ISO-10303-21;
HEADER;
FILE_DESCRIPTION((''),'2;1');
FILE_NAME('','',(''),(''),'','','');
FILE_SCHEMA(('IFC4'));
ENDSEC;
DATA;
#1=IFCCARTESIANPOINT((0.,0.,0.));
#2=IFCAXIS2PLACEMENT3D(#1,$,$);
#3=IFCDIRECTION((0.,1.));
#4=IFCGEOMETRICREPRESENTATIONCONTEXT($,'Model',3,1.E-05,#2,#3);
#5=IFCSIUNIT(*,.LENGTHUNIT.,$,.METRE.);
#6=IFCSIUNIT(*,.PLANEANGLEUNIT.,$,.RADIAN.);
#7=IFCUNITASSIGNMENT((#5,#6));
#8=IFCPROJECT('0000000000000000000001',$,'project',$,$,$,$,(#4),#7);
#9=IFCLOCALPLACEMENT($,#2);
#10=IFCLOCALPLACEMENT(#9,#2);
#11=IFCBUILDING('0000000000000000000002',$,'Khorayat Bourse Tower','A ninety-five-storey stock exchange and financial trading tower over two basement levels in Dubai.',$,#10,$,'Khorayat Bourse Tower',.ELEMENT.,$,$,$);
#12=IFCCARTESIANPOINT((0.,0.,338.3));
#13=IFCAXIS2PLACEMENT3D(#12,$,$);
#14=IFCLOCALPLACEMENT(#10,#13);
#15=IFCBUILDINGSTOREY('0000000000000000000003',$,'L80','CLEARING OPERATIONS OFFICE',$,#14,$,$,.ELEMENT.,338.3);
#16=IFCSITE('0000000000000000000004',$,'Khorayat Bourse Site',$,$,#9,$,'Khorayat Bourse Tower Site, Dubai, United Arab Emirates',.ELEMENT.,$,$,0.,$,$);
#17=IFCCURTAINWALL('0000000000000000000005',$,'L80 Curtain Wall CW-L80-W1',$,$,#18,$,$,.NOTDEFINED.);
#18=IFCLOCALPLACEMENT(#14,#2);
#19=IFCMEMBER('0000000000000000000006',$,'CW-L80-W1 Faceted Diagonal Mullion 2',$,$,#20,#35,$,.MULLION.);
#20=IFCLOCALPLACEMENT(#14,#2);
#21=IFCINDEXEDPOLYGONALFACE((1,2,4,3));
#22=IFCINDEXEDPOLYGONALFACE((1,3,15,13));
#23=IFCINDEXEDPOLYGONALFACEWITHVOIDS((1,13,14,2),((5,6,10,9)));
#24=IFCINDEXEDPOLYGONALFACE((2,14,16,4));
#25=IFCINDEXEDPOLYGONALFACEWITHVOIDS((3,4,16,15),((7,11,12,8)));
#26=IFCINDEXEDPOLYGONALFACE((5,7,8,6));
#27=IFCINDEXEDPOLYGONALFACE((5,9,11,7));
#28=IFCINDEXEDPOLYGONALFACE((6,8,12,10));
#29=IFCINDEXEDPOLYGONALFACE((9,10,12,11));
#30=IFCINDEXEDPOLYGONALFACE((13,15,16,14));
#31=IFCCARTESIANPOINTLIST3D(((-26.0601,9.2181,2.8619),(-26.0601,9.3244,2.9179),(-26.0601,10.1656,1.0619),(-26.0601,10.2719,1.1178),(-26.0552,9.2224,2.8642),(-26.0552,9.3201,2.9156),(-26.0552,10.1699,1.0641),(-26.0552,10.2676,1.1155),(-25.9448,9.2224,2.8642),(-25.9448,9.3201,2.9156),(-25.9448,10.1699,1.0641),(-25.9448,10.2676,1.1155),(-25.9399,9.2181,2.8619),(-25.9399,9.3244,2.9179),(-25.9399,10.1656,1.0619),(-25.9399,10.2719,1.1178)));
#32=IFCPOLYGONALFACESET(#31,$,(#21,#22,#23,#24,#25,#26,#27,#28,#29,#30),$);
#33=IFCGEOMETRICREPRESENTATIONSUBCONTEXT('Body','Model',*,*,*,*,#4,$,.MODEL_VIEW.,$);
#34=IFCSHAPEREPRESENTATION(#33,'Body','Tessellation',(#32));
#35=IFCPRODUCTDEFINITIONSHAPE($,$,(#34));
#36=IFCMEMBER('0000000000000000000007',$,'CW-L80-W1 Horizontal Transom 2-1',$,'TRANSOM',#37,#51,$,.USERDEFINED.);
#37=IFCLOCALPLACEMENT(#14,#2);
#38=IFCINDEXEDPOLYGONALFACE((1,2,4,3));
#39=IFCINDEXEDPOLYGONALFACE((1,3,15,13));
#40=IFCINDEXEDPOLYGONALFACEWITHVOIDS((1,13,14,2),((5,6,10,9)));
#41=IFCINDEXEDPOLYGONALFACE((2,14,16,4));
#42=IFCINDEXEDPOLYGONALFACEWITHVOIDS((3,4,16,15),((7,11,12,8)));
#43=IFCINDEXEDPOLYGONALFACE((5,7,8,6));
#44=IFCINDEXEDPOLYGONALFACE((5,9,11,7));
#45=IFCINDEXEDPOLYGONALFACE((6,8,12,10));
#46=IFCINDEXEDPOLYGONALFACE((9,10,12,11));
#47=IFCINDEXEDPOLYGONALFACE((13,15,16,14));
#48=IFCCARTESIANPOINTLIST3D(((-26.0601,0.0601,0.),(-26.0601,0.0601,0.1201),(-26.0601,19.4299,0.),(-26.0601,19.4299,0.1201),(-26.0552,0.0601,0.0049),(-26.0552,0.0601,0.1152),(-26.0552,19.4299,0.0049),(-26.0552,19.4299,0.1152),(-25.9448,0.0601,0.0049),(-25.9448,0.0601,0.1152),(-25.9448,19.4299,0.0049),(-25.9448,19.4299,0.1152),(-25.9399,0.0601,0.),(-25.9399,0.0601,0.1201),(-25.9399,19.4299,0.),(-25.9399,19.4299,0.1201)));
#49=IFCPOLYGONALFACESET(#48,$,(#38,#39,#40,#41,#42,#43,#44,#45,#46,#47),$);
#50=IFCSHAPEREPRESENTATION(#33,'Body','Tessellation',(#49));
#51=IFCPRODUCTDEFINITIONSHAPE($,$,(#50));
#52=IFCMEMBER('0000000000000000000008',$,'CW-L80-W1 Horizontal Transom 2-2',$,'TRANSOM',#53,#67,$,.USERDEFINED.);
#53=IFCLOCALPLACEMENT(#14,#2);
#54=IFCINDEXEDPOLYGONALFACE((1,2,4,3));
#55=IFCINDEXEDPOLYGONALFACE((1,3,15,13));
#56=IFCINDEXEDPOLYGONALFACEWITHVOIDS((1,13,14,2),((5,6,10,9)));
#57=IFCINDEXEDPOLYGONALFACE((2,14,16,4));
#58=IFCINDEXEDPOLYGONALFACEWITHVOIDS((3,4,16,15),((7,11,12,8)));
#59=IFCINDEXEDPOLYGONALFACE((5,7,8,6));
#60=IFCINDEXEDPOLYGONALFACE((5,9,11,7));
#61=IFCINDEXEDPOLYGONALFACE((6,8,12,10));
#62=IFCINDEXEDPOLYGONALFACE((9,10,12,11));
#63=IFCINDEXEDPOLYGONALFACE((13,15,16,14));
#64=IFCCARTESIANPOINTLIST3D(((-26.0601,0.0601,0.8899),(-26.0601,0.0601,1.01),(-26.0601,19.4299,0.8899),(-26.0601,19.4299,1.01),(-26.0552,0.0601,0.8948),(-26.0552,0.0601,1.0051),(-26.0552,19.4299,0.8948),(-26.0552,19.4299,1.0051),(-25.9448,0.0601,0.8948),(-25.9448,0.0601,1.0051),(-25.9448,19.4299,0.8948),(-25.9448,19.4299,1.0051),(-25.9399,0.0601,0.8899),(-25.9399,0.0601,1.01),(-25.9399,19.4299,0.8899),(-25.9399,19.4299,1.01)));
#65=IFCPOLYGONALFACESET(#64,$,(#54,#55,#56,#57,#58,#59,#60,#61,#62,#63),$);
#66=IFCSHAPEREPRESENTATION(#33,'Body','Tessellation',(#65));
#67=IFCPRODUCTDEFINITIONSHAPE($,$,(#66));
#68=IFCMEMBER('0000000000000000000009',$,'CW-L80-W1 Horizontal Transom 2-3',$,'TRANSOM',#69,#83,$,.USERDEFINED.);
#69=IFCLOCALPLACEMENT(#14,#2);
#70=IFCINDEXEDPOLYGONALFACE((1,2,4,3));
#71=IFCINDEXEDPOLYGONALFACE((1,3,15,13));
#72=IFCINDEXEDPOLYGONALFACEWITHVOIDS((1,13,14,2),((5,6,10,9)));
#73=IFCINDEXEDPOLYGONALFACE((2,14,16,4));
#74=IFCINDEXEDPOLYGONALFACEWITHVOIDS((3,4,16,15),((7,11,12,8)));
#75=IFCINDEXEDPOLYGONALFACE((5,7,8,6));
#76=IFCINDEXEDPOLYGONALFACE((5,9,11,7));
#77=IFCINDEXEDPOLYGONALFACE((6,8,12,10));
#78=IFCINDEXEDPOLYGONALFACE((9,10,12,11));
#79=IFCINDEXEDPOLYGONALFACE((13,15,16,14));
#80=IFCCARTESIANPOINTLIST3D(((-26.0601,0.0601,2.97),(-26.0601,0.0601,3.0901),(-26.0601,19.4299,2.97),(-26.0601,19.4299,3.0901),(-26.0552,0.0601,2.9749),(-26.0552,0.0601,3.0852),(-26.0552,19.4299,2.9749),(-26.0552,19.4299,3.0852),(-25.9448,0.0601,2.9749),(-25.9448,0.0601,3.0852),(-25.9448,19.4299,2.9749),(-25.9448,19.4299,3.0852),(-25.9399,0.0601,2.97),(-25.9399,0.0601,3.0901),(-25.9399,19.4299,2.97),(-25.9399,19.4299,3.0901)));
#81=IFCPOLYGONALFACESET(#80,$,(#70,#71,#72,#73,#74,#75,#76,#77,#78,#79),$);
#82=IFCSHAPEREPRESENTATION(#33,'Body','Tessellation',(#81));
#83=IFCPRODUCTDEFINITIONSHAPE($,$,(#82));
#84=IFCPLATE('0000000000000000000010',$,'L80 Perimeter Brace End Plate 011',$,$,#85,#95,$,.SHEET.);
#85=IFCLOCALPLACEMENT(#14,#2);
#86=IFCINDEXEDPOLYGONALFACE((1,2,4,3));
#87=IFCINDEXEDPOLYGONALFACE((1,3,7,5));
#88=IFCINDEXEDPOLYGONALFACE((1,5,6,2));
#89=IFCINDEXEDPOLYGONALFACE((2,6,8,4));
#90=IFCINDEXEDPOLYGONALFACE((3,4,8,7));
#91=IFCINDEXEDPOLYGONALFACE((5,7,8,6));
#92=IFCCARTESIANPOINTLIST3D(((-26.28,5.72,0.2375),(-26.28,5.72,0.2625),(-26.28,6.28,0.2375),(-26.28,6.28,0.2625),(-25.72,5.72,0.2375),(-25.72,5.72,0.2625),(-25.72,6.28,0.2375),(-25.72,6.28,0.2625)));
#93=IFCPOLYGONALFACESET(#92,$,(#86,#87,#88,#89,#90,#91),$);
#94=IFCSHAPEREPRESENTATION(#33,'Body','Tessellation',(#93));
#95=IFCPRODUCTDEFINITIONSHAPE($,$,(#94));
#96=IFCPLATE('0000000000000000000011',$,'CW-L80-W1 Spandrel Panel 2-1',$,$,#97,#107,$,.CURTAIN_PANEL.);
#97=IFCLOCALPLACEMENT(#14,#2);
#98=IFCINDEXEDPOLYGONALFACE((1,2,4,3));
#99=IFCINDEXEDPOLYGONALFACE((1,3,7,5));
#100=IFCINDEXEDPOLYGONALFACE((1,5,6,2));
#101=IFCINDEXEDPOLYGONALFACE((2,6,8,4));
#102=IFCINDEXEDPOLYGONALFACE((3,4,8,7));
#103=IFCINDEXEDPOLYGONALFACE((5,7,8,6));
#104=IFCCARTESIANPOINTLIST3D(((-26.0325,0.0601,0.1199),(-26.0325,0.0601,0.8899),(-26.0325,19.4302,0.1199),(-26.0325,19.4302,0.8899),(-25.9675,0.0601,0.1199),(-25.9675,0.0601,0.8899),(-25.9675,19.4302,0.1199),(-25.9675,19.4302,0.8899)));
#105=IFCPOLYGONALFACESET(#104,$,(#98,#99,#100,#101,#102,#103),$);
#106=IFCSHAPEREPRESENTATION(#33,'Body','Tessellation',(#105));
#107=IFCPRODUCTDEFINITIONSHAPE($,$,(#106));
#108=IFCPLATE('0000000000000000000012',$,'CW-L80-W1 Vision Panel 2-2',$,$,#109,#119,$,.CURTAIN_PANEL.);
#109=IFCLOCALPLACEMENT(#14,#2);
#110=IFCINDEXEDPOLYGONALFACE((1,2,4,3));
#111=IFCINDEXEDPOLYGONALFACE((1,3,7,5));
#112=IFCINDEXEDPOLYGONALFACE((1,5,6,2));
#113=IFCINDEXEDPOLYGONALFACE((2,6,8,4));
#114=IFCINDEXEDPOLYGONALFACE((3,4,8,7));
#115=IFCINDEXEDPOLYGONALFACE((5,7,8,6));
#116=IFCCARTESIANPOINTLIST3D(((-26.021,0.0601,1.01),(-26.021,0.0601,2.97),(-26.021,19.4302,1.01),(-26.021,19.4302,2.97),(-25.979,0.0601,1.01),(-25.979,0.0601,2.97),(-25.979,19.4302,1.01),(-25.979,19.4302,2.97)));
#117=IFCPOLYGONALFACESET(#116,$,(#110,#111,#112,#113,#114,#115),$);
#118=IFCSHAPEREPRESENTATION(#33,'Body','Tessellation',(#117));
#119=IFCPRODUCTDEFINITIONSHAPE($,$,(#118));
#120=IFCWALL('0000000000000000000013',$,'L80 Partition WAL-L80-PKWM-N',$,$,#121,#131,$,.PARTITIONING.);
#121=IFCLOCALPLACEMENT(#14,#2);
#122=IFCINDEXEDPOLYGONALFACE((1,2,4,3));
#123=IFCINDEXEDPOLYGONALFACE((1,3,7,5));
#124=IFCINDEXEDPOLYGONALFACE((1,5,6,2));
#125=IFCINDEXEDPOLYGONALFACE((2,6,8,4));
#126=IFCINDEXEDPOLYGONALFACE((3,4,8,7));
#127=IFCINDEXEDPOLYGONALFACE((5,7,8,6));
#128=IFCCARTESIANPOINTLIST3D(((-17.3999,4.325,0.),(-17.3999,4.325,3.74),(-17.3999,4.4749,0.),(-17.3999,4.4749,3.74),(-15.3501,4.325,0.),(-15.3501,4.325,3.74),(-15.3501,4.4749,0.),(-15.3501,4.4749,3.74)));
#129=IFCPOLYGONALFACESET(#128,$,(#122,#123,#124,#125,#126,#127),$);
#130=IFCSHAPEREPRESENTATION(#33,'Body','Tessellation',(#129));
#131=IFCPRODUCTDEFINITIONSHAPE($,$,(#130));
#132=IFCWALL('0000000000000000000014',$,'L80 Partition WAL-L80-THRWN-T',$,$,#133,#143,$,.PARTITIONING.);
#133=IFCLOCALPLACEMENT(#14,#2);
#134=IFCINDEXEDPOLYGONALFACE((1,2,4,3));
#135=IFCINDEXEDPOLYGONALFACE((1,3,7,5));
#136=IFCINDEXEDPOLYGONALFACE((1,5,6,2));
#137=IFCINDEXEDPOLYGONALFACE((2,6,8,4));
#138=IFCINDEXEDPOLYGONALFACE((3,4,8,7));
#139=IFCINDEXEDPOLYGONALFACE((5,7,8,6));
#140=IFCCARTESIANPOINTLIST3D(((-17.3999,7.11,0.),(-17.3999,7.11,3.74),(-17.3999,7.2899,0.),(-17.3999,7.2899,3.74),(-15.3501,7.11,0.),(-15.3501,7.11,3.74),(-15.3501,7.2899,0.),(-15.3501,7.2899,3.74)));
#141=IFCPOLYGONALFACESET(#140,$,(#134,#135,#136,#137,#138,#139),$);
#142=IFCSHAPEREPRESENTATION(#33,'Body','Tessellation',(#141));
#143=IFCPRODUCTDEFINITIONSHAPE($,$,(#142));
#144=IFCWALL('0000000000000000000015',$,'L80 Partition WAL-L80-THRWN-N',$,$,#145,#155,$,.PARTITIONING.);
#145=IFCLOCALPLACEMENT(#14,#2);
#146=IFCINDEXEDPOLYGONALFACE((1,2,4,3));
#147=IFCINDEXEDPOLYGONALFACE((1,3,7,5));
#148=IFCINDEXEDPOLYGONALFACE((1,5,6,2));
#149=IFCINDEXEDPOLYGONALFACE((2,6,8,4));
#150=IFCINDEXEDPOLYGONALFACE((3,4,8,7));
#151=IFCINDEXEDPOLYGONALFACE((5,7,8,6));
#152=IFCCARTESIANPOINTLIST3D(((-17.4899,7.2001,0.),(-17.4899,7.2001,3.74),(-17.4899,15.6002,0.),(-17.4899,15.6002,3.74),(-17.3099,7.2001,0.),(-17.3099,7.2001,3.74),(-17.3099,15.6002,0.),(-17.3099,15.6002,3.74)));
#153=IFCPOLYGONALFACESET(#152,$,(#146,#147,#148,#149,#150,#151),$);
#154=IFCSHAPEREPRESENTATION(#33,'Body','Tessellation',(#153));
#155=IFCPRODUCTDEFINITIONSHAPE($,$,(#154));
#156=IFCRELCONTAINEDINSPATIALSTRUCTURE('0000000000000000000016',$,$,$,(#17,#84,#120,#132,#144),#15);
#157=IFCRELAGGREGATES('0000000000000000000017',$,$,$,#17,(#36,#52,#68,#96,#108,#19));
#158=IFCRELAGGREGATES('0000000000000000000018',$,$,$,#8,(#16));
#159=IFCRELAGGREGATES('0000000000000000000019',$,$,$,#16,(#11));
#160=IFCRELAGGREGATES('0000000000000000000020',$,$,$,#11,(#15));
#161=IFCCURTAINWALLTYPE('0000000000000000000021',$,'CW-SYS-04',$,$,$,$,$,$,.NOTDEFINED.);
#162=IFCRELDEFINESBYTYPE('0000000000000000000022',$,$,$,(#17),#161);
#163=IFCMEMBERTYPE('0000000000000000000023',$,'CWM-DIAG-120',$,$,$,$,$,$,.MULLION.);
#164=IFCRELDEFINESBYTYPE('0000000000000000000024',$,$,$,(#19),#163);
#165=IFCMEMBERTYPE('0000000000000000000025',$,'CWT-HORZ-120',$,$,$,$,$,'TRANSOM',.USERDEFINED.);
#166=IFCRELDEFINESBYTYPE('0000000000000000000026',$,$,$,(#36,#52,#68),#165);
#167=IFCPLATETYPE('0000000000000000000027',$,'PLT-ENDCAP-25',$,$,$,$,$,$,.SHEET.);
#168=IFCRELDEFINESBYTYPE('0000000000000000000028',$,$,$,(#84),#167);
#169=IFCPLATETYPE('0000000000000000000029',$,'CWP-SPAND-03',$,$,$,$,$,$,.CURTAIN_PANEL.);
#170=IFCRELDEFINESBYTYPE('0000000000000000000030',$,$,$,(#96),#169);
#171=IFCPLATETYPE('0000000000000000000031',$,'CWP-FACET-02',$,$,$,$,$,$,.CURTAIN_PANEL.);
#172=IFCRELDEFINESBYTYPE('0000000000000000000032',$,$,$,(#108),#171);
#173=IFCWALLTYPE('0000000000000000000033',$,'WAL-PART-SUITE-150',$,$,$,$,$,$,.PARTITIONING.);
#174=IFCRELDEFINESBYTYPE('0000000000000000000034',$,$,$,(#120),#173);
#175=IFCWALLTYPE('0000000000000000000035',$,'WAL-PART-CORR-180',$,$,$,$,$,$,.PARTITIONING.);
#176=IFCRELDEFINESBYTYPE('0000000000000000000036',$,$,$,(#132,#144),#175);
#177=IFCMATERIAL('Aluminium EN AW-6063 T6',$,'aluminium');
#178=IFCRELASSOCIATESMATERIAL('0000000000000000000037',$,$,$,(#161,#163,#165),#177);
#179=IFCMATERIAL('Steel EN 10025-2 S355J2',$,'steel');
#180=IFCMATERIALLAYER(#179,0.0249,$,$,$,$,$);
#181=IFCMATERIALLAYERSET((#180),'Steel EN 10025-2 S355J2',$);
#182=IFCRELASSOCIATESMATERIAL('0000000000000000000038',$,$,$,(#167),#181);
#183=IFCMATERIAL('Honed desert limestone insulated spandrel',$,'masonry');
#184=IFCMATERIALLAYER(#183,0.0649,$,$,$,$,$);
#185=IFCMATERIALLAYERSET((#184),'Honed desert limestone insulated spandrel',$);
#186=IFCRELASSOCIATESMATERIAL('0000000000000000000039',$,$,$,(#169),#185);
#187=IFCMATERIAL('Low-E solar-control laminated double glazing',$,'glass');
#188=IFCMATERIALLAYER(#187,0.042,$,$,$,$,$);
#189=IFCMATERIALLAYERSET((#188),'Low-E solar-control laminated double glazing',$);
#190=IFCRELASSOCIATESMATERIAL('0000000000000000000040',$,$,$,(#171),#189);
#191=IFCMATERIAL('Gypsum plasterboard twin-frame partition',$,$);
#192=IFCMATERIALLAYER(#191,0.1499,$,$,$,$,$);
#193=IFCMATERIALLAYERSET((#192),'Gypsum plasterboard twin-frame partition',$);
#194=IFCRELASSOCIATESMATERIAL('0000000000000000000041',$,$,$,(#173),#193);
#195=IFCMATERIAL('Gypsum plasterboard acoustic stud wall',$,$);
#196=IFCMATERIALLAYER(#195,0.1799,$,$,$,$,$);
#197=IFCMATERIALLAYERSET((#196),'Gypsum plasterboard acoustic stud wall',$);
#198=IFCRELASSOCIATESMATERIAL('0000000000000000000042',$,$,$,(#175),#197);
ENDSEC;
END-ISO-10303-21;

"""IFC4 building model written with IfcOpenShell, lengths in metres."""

from ifc_helpers import new_model, si_unit, direction, frame, frame_2d, origin, origin_2d, place, context, subcontext, project, spatial, rectangle, hollow_rectangle, extrude, source, transform, mapped, material, layer, layer_set, material_profile, profile_set, type_object, element, aggregate, save


model = new_model("IFC4")

# Units and contexts
model_context = context("Model", 3, precision=1e-05, world=origin(), true_north=direction((0.0, 1.0)))
body_context = subcontext(model_context, "Body", "Model", "MODEL_VIEW")
ifc_project = project(units=[si_unit("LENGTHUNIT", "METRE"), si_unit("PLANEANGLEUNIT", "RADIAN")], contexts=[model_context])

# Site, building, storey
site_placement = place(None, origin())
site = spatial("IfcSite", under=ifc_project, at=site_placement, Name="Khorayat Bourse Site", LongName="Khorayat Bourse Tower Site, Dubai, United Arab Emirates", CompositionType="ELEMENT", RefElevation=0.0)
building_placement = place(site_placement, origin())
building = spatial("IfcBuilding", under=site, at=building_placement, Name="Khorayat Bourse Tower", Description="A ninety-five-storey stock exchange and financial trading tower over two basement levels in Dubai.", LongName="Khorayat Bourse Tower", CompositionType="ELEMENT")
storey_placement = place(building_placement, frame((0.0, 0.0, 338.3)))
storey = spatial("IfcBuildingStorey", under=building, at=storey_placement, Name="L80", Description="CLEARING OPERATIONS OFFICE", CompositionType="ELEMENT", Elevation=338.3)

# Shared definitions
ifc_material_1 = material(Name="Steel EN 10025-2 S355J2", Category="steel")

# Curtain wall, members
ifc_material_2 = material(Name="Aluminium EN AW-6063 T6", Category="aluminium")
curtain_wall_type = type_object("IfcCurtainWallType", Name="CW-SYS-04", PredefinedType="NOTDEFINED", material=ifc_material_2)
curtain_wall_placement = place(storey_placement, origin())
curtain_wall = element("IfcCurtainWall", 1, at=curtain_wall_placement, inside=storey, type_object=curtain_wall_type, Name="L80 Curtain Wall CW-L80-W1", PredefinedType="NOTDEFINED")
ifc_material_profile_1 = material_profile(ifc_material_2, hollow_rectangle(XDim=0.1201, YDim=0.1201, WallThickness=0.0049, at=origin_2d()), Name="ALU 120x120x5")
ifc_profile_set_1 = profile_set([ifc_material_profile_1], Name="Aluminium EN AW-6063 T6")
member_type_1 = type_object("IfcMemberType", Name="CWM-DIAG-120", PredefinedType="MULLION", material=ifc_profile_set_1)
shared_shape_1 = source(origin(), body_context, "Body", "SweptSolid", [
    extrude(hollow_rectangle(XDim=0.1201, YDim=0.1201, WallThickness=0.0049, at=origin_2d()), origin(), (0.0, 0.0, 1.0), 2.0342),
])
member_1_placement = place(storey_placement, frame((-26.0, 10.2188, 1.0898), z_axis=(0.0, -0.465791, 0.884895), x_axis=(1.0, 0.0, 0.0)))
member_1 = element("IfcMember", 2, at=member_1_placement, type_object=member_type_1, Name="CW-L80-W1 Faceted Diagonal Mullion 2", PredefinedType="MULLION", context=body_context, shape_type="MappedRepresentation", body=[
    mapped(shared_shape_1, transform((0.0, 0.0, 0.0), scale=1.0)),
])
ifc_material_profile_2 = material_profile(ifc_material_2, hollow_rectangle(XDim=0.1201, YDim=0.1201, WallThickness=0.0049, at=origin_2d()), Name="ALU 120x120x5")
ifc_profile_set_2 = profile_set([ifc_material_profile_2], Name="Aluminium EN AW-6063 T6")
member_type_2 = type_object("IfcMemberType", Name="CWT-HORZ-120", ElementType="TRANSOM", PredefinedType="USERDEFINED", material=ifc_profile_set_2)
shared_shape_2 = source(origin(), body_context, "Body", "SweptSolid", [
    extrude(hollow_rectangle(XDim=0.1201, YDim=0.1201, WallThickness=0.0049, at=origin_2d()), origin(), (0.0, 0.0, 1.0), 19.3699),
])
member_2_placement = place(storey_placement, frame((-26.0, 0.0601, 0.0601), z_axis=(0.0, 1.0, 0.0), x_axis=(-1.0, 0.0, 0.0)))
member_2 = element("IfcMember", 3, at=member_2_placement, type_object=member_type_2, Name="CW-L80-W1 Horizontal Transom 2-1", ObjectType="TRANSOM", PredefinedType="USERDEFINED", context=body_context, shape_type="MappedRepresentation", body=[
    mapped(shared_shape_2, transform((0.0, 0.0, 0.0), scale=1.0)),
])
member_3_placement = place(storey_placement, frame((-26.0, 0.0601, 0.95), z_axis=(0.0, 1.0, 0.0), x_axis=(-1.0, 0.0, 0.0)))
member_3 = element("IfcMember", 4, at=member_3_placement, type_object=member_type_2, Name="CW-L80-W1 Horizontal Transom 2-2", ObjectType="TRANSOM", PredefinedType="USERDEFINED", context=body_context, shape_type="MappedRepresentation", body=[
    mapped(shared_shape_2, transform((0.0, 0.0, 0.0), scale=1.0)),
])
member_4_placement = place(storey_placement, frame((-26.0, 0.0601, 3.03), z_axis=(0.0, 1.0, 0.0), x_axis=(-1.0, 0.0, 0.0)))
member_4 = element("IfcMember", 5, at=member_4_placement, type_object=member_type_2, Name="CW-L80-W1 Horizontal Transom 2-3", ObjectType="TRANSOM", PredefinedType="USERDEFINED", context=body_context, shape_type="MappedRepresentation", body=[
    mapped(shared_shape_2, transform((0.0, 0.0, 0.0), scale=1.0)),
])

# Plates
ifc_layer_1 = layer(ifc_material_1, 0.0249)
ifc_layer_set_1 = layer_set([ifc_layer_1], Name="Steel EN 10025-2 S355J2")
plate_type_1 = type_object("IfcPlateType", Name="PLT-ENDCAP-25", PredefinedType="SHEET", material=ifc_layer_set_1)
shared_shape_3 = source(origin(), body_context, "Body", "SweptSolid", [
    extrude(rectangle(XDim=0.5601, YDim=0.5601, at=origin_2d()), origin(), (0.0, 0.0, 1.0), 0.0249),
])
plate_1_placement = place(storey_placement, frame((-26.0, 6.0, 0.2375), z_axis=(0.0, 0.0, 1.0), x_axis=(1.0, 0.0, 0.0)))
element("IfcPlate", 6, at=plate_1_placement, inside=storey, type_object=plate_type_1, Name="L80 Perimeter Brace End Plate 011", PredefinedType="SHEET", context=body_context, shape_type="MappedRepresentation", body=[
    mapped(shared_shape_3, transform((0.0, 0.0, 0.0), scale=1.0)),
])
ifc_material_3 = material(Name="Honed desert limestone insulated spandrel", Category="masonry")
ifc_layer_2 = layer(ifc_material_3, 0.0649)
ifc_layer_set_2 = layer_set([ifc_layer_2], Name="Honed desert limestone insulated spandrel")
plate_type_2 = type_object("IfcPlateType", Name="CWP-SPAND-03", PredefinedType="CURTAIN_PANEL", material=ifc_layer_set_2)
shared_shape_4 = source(origin(), body_context, "Body", "SweptSolid", [
    extrude(rectangle(XDim=19.3701, YDim=0.0649, at=origin_2d()), origin(), (0.0, 0.0, 1.0), 0.77),
])
plate_2_placement = place(storey_placement, frame((-26.0, 9.7451, 0.1199), z_axis=(0.0, 0.0, 1.0), x_axis=(0.0, 1.0, 0.0)))
plate_2 = element("IfcPlate", 7, at=plate_2_placement, type_object=plate_type_2, Name="CW-L80-W1 Spandrel Panel 2-1", PredefinedType="CURTAIN_PANEL", context=body_context, shape_type="MappedRepresentation", body=[
    mapped(shared_shape_4, transform((0.0, 0.0, 0.0), scale=1.0)),
])
ifc_material_4 = material(Name="Low-E solar-control laminated double glazing", Category="glass")
ifc_layer_3 = layer(ifc_material_4, 0.042)
ifc_layer_set_3 = layer_set([ifc_layer_3], Name="Low-E solar-control laminated double glazing")
plate_type_3 = type_object("IfcPlateType", Name="CWP-FACET-02", PredefinedType="CURTAIN_PANEL", material=ifc_layer_set_3)
shared_shape_5 = source(origin(), body_context, "Body", "SweptSolid", [
    extrude(rectangle(XDim=19.3701, YDim=0.042, at=origin_2d()), origin(), (0.0, 0.0, 1.0), 1.96),
])
plate_3_placement = place(storey_placement, frame((-26.0, 9.7451, 1.01), z_axis=(0.0, 0.0, 1.0), x_axis=(0.0, 1.0, 0.0)))
plate_3 = element("IfcPlate", 8, at=plate_3_placement, type_object=plate_type_3, Name="CW-L80-W1 Vision Panel 2-2", PredefinedType="CURTAIN_PANEL", context=body_context, shape_type="MappedRepresentation", body=[
    mapped(shared_shape_5, transform((0.0, 0.0, 0.0), scale=1.0)),
])
aggregate(curtain_wall, [member_2, member_3, member_4, plate_2, plate_3, member_1])

# Walls
ifc_material_5 = material(Name="Gypsum plasterboard twin-frame partition")
ifc_layer_4 = layer(ifc_material_5, 0.1499)
ifc_layer_set_4 = layer_set([ifc_layer_4], Name="Gypsum plasterboard twin-frame partition")
wall_type_1 = type_object("IfcWallType", Name="WAL-PART-SUITE-150", PredefinedType="PARTITIONING", material=ifc_layer_set_4)
shared_shape_6 = source(origin(), body_context, "Body", "SweptSolid", [
    extrude(rectangle(XDim=2.0498, YDim=0.1499, at=frame_2d((1.0249, 0.0))), origin(), (0.0, 0.0, 1.0), 3.74),
])
wall_1_placement = place(storey_placement, frame((-17.3999, 4.3999, 0.0), z_axis=(0.0, 0.0, 1.0), x_axis=(1.0, 0.0, 0.0)))
element("IfcWall", 9, at=wall_1_placement, inside=storey, type_object=wall_type_1, Name="L80 Partition WAL-L80-PKWM-N", PredefinedType="PARTITIONING", context=body_context, shape_type="MappedRepresentation", body=[
    mapped(shared_shape_6, transform((0.0, 0.0, 0.0), scale=1.0)),
])
ifc_material_6 = material(Name="Gypsum plasterboard acoustic stud wall")
ifc_layer_5 = layer(ifc_material_6, 0.1799)
ifc_layer_set_5 = layer_set([ifc_layer_5], Name="Gypsum plasterboard acoustic stud wall")
wall_type_2 = type_object("IfcWallType", Name="WAL-PART-CORR-180", PredefinedType="PARTITIONING", material=ifc_layer_set_5)
shared_shape_7 = source(origin(), body_context, "Body", "SweptSolid", [
    extrude(rectangle(XDim=2.0498, YDim=0.1799, at=frame_2d((1.0249, 0.0))), origin(), (0.0, 0.0, 1.0), 3.74),
])
wall_2_placement = place(storey_placement, frame((-17.3999, 7.2, 0.0), z_axis=(0.0, 0.0, 1.0), x_axis=(1.0, 0.0, 0.0)))
element("IfcWall", 10, at=wall_2_placement, inside=storey, type_object=wall_type_2, Name="L80 Partition WAL-L80-THRWN-T", PredefinedType="PARTITIONING", context=body_context, shape_type="MappedRepresentation", body=[
    mapped(shared_shape_7, transform((0.0, 0.0, 0.0), scale=1.0)),
])
shared_shape_8 = source(origin(), body_context, "Body", "SweptSolid", [
    extrude(rectangle(XDim=8.4001, YDim=0.1799, at=frame_2d((4.2002, 0.0))), origin(), (0.0, 0.0, 1.0), 3.74),
])
wall_3_placement = place(storey_placement, frame((-17.3999, 7.2, 0.0), z_axis=(0.0, 0.0, 1.0), x_axis=(0.0, 1.0, 0.0)))
element("IfcWall", 11, at=wall_3_placement, inside=storey, type_object=wall_type_2, Name="L80 Partition WAL-L80-THRWN-N", PredefinedType="PARTITIONING", context=body_context, shape_type="MappedRepresentation", body=[
    mapped(shared_shape_8, transform((0.0, 0.0, 0.0), scale=1.0)),
])

save(model, "model.ifc")
